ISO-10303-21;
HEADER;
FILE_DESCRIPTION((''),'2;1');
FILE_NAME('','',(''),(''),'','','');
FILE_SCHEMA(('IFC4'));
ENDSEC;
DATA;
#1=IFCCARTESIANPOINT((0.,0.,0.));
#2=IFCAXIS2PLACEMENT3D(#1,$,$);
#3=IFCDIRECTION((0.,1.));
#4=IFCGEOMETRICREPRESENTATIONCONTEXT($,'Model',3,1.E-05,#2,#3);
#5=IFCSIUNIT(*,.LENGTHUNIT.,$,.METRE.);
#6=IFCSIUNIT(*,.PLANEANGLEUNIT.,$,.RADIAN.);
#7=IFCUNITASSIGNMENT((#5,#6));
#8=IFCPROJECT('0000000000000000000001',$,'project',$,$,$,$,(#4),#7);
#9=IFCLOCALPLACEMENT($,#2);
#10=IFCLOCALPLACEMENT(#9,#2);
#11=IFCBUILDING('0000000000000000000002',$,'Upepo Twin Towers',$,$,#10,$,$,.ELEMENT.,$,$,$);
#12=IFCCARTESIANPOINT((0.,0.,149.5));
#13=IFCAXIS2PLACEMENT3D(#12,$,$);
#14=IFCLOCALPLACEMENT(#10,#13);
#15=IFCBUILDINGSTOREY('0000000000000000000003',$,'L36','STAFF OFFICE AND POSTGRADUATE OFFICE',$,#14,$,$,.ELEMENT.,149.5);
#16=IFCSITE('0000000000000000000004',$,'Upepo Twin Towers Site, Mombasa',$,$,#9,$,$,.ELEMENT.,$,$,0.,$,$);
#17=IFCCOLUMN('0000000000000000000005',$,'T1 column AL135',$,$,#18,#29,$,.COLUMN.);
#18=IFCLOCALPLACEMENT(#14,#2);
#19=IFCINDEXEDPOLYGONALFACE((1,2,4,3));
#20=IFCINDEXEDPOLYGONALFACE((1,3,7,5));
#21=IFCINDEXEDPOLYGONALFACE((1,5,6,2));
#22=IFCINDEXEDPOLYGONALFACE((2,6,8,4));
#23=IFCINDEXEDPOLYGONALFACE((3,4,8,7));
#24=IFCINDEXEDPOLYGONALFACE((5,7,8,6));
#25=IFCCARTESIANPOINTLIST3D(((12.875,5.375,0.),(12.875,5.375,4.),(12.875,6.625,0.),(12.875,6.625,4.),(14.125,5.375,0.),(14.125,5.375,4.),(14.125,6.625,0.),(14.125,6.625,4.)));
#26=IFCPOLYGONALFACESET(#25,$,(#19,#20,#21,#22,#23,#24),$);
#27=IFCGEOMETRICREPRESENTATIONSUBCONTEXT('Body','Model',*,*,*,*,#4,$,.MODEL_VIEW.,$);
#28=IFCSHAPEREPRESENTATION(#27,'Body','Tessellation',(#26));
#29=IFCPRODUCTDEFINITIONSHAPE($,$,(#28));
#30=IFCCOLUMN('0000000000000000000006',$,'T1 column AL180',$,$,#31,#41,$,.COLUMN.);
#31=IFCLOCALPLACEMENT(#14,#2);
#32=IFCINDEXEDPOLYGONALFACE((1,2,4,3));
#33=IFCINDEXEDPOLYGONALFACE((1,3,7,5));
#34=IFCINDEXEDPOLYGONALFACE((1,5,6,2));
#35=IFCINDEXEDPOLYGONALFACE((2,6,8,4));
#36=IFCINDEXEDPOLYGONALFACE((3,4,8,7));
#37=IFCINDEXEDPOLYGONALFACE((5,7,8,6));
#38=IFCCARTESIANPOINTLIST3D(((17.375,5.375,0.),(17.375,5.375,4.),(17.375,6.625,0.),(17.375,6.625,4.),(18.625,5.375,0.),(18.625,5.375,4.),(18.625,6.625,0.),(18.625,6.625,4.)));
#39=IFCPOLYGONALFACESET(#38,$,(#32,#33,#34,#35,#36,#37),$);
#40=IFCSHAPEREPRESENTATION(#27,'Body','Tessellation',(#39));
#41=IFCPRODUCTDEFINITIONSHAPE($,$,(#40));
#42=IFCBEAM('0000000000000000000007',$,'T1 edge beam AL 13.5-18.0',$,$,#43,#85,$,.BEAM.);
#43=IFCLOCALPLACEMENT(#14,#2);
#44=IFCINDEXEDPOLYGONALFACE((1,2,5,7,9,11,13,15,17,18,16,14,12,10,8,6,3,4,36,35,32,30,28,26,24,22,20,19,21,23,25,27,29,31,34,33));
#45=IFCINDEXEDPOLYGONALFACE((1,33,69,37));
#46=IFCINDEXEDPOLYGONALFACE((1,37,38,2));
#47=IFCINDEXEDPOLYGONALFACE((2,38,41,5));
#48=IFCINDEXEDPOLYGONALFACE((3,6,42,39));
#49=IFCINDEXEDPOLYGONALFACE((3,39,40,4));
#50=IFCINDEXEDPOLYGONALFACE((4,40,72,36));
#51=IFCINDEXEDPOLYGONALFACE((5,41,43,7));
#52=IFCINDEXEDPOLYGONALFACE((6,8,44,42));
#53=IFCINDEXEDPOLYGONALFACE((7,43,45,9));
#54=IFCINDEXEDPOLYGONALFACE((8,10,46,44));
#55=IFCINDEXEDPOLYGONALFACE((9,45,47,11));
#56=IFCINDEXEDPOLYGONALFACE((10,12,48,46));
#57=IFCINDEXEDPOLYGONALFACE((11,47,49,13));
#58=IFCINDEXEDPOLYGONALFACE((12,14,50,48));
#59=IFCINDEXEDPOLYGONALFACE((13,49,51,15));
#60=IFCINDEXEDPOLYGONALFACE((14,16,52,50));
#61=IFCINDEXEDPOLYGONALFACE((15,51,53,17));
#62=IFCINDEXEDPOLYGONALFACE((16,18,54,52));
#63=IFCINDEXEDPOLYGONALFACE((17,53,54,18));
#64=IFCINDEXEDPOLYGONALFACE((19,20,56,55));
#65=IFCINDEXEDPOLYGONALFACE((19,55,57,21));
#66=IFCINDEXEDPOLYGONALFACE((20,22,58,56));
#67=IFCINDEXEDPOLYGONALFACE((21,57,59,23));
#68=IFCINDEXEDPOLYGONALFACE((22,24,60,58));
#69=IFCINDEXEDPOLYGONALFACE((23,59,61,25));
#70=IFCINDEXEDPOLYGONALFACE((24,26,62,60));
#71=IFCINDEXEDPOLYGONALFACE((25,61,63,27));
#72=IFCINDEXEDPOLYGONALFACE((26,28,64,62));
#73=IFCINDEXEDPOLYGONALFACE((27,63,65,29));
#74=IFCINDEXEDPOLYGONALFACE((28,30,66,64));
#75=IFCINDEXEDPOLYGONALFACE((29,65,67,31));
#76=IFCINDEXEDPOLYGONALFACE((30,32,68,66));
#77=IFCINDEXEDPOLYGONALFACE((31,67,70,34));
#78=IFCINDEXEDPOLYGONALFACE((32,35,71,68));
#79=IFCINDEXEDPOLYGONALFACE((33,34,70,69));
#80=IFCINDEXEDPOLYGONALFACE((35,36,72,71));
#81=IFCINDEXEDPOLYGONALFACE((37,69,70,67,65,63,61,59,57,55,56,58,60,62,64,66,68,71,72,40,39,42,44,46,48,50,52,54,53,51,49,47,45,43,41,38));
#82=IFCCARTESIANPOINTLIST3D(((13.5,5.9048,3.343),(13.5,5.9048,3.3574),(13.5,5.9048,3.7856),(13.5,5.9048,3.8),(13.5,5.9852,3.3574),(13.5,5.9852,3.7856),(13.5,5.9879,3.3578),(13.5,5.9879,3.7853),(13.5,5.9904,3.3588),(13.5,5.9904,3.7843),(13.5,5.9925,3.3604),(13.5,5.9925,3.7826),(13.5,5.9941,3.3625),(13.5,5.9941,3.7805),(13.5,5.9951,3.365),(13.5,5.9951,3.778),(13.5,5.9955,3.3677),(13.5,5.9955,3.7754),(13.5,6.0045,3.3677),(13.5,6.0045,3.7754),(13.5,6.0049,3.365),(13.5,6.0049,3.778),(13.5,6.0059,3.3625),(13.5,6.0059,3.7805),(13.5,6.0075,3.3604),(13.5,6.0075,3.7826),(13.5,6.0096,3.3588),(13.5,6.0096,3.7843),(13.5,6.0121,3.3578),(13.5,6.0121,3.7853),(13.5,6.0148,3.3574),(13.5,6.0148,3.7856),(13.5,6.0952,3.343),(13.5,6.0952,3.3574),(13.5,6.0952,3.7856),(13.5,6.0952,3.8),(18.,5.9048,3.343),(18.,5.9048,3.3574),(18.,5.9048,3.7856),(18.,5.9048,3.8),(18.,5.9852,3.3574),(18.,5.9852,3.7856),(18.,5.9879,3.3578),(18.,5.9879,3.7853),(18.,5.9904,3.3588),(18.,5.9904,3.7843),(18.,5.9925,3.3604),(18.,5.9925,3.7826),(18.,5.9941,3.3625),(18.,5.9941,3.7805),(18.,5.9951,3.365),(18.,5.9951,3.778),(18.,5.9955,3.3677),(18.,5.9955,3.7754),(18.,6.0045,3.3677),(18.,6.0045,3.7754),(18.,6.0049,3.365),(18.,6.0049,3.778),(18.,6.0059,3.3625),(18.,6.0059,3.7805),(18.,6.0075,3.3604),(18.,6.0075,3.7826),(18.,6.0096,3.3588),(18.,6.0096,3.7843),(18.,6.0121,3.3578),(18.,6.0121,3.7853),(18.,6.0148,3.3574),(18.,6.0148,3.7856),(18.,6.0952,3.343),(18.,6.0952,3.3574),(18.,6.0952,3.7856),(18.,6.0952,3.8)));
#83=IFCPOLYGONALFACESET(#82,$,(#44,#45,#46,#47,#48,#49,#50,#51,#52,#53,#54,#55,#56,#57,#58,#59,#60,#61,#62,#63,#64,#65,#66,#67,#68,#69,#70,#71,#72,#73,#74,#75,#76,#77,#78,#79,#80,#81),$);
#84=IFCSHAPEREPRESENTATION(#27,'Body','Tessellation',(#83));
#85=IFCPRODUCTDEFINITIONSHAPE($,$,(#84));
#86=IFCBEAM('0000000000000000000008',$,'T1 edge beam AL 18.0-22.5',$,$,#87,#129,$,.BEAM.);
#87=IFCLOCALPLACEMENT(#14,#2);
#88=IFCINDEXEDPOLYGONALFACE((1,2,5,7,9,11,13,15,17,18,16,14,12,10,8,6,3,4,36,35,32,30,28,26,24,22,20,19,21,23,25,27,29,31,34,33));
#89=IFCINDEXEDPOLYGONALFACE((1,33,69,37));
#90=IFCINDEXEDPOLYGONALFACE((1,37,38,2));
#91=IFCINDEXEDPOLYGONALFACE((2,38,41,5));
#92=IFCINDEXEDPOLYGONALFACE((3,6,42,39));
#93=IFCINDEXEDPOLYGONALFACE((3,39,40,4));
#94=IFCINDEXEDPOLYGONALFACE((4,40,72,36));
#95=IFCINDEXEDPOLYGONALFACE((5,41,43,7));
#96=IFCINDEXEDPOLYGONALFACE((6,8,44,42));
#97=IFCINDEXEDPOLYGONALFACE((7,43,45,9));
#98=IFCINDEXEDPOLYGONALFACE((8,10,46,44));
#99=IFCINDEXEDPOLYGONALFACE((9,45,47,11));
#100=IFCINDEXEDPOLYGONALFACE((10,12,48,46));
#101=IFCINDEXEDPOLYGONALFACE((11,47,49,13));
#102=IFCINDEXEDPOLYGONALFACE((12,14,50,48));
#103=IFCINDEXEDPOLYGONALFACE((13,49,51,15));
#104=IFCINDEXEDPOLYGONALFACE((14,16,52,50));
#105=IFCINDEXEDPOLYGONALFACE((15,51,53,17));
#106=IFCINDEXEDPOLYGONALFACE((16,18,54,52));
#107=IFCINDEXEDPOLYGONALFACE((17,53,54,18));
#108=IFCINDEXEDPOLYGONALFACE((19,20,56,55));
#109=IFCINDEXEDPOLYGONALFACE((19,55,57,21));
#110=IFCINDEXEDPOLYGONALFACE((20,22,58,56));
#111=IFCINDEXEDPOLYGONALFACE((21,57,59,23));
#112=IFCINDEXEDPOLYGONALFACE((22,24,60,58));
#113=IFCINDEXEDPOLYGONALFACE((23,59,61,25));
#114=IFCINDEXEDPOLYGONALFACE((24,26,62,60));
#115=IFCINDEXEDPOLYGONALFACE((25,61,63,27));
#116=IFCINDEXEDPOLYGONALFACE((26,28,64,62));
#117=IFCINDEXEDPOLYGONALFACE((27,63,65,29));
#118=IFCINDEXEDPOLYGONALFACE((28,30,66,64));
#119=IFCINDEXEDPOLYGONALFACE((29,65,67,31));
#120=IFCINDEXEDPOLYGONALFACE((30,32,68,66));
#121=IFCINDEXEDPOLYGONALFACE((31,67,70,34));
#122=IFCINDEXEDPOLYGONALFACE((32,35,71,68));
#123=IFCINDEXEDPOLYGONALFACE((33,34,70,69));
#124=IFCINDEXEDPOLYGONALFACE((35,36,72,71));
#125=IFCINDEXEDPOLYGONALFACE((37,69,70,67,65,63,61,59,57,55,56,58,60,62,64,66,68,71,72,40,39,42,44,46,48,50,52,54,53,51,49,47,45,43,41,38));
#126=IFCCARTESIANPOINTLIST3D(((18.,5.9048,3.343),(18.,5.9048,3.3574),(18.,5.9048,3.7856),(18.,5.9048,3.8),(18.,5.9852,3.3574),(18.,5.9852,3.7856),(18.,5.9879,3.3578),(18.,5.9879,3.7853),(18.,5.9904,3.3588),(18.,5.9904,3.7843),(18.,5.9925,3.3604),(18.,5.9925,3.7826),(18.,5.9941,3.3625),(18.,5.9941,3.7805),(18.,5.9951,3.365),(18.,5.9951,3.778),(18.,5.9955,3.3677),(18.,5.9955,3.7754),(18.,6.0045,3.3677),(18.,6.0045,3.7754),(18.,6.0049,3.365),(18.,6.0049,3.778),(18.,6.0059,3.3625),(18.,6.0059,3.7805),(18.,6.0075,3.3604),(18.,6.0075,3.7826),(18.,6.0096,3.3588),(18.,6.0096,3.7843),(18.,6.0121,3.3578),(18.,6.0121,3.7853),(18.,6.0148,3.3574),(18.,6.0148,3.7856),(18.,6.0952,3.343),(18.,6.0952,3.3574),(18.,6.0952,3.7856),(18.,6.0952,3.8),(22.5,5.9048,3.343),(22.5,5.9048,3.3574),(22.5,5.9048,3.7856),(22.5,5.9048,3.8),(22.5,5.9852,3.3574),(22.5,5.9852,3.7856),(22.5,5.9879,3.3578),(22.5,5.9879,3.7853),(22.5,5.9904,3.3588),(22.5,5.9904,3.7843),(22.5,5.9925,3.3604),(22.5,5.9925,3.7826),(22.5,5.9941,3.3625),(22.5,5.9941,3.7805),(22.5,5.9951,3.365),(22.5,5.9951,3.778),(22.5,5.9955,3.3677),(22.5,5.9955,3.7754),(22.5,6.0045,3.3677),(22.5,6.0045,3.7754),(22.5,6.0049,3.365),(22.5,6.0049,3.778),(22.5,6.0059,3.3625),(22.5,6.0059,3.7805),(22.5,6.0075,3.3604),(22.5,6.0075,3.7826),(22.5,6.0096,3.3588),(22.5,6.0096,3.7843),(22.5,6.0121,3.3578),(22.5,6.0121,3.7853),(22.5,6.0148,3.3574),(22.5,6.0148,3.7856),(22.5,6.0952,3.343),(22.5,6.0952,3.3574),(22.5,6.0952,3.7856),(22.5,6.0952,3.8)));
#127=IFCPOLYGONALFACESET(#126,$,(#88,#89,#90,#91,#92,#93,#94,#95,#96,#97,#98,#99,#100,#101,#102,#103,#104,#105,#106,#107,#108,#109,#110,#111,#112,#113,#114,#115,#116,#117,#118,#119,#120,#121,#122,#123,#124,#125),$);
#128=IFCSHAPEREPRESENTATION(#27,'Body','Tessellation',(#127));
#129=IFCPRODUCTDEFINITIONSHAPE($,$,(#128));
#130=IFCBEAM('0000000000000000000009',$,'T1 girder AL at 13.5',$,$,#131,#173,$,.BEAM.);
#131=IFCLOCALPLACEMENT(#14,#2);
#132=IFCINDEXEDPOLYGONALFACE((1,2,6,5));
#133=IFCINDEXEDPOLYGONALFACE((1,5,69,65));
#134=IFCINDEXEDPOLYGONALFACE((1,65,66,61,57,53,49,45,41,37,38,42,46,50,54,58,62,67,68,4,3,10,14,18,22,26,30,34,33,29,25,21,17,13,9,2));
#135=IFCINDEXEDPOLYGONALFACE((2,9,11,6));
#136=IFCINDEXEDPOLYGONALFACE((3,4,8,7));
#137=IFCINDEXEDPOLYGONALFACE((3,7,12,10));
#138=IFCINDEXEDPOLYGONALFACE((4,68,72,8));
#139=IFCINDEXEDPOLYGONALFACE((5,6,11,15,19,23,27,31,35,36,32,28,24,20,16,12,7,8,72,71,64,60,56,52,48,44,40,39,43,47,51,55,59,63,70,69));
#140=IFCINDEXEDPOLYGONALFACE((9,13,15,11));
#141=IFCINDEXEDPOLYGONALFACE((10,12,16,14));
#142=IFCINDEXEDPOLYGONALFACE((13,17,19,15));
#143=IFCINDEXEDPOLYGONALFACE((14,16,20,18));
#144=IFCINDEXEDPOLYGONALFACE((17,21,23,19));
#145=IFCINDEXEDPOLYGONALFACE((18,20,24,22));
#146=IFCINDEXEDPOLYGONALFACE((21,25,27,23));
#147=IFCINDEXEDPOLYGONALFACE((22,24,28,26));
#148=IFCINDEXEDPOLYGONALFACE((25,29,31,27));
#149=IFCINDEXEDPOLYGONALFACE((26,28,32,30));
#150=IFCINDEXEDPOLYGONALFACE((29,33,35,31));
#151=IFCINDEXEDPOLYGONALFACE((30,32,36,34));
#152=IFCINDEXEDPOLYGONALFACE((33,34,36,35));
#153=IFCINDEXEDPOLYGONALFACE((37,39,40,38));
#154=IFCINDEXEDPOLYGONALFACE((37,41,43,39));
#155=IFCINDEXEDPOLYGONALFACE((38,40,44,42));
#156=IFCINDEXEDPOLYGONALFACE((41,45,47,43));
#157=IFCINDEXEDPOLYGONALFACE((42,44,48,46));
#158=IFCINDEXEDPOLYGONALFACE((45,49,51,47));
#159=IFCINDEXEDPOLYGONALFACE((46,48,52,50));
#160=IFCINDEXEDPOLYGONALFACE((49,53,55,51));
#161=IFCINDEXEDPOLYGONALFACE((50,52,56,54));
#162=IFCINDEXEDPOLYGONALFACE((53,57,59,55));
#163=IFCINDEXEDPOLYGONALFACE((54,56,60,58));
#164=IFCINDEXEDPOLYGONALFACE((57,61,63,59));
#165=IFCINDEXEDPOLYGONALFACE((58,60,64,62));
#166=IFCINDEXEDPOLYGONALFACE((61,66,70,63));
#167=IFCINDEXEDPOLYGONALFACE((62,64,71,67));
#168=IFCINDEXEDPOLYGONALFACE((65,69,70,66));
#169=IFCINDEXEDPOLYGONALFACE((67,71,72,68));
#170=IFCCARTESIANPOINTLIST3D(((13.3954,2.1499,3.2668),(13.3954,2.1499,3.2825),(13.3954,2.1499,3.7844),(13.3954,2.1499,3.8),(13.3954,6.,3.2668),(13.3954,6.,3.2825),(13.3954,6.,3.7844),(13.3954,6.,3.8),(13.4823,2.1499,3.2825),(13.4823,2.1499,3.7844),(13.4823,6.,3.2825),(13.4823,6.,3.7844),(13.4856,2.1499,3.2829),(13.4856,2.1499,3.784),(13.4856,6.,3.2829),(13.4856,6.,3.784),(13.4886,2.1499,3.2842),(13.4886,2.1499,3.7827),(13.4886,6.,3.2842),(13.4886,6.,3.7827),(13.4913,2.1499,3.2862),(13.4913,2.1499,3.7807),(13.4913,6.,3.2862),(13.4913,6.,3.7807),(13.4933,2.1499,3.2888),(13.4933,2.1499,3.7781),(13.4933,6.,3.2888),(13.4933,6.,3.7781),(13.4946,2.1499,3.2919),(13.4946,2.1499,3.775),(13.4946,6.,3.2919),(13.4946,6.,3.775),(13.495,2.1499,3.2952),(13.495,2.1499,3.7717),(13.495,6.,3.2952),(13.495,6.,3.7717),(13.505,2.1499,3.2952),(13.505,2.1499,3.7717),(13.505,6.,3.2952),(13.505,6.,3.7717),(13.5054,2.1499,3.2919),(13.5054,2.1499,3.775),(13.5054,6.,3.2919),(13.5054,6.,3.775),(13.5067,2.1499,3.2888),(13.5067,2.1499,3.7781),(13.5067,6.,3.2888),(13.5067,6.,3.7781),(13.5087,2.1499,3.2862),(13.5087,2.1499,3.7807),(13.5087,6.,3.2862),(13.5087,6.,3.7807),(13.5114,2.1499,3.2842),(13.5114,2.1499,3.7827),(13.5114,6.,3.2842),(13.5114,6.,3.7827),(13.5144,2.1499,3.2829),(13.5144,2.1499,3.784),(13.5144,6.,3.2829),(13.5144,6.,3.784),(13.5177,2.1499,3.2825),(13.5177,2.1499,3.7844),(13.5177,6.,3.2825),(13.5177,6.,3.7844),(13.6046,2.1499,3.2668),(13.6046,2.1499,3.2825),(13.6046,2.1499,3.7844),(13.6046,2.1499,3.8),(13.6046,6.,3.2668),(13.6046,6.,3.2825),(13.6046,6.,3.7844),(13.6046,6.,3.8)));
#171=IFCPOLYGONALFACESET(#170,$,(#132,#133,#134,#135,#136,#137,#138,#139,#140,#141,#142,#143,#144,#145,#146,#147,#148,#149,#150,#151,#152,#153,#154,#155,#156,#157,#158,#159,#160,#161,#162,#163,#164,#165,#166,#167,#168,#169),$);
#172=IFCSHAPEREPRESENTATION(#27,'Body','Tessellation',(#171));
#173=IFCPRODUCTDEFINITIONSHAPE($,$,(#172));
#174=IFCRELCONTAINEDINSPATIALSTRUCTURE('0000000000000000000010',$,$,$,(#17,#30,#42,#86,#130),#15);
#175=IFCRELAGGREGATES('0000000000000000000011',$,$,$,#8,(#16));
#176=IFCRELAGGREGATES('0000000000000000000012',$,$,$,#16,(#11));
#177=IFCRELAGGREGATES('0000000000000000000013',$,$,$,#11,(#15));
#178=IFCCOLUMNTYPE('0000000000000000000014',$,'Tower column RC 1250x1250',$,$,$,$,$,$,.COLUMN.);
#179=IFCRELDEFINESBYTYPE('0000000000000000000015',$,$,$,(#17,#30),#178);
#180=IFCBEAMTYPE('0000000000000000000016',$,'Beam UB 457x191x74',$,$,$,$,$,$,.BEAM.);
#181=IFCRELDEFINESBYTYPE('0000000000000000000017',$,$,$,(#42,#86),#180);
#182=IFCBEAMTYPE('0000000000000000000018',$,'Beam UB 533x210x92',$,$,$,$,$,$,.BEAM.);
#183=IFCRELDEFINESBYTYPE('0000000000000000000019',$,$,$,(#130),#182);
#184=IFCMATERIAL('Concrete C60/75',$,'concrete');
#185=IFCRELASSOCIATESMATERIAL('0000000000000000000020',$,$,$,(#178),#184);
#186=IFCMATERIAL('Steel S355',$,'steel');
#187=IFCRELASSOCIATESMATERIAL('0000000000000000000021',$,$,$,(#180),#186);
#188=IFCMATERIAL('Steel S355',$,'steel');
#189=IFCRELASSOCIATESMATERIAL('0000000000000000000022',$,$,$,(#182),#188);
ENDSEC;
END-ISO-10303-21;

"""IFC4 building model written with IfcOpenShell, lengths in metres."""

from ifc_helpers import new_model, si_unit, direction, frame, origin, origin_2d, place, context, subcontext, project, spatial, rectangle, i_section, extrude, material, material_profile, profile_set, type_object, element, save


model = new_model("IFC4")

# Units and contexts
model_context = context("Model", 3, precision=1e-05, world=origin(), true_north=direction((0.0, 1.0)))
body_context = subcontext(model_context, "Body", "Model", "MODEL_VIEW")
ifc_project = project(units=[si_unit("LENGTHUNIT", "METRE"), si_unit("PLANEANGLEUNIT", "RADIAN")], contexts=[model_context])

# Site, building, storey
site_placement = place(None, origin())
site = spatial("IfcSite", under=ifc_project, at=site_placement, Name="Upepo Twin Towers Site, Mombasa", CompositionType="ELEMENT", RefElevation=0.0)
building_placement = place(site_placement, origin())
building = spatial("IfcBuilding", under=site, at=building_placement, Name="Upepo Twin Towers", CompositionType="ELEMENT")
storey_placement = place(building_placement, frame((0.0, 0.0, 149.5)))
storey = spatial("IfcBuildingStorey", under=building, at=storey_placement, Name="L36", Description="STAFF OFFICE AND POSTGRADUATE OFFICE", CompositionType="ELEMENT", Elevation=149.5)

# Columns
ifc_material_1 = material(Name="Concrete C60/75", Category="concrete")
ifc_material_profile_1 = material_profile(ifc_material_1, rectangle(XDim=1.25, YDim=1.25, at=origin_2d()), Name="RC 1250x1250")
ifc_profile_set_1 = profile_set([ifc_material_profile_1], Name="Concrete C60/75")
column_type = type_object("IfcColumnType", Name="Tower column RC 1250x1250", PredefinedType="COLUMN", material=ifc_profile_set_1)
for number, where, z_axis, x_axis, name in (
    (1, (13.5, 6.0, 0.0), (0.0, 0.0, 1.0), (1.0, 0.0, 0.0), "T1 column AL135"),
    (2, (18.0, 6.0, 0.0), (0.0, 0.0, 1.0), (1.0, 0.0, 0.0), "T1 column AL180"),
):
    element("IfcColumn", number, at=place(storey_placement, frame(where, z_axis=z_axis, x_axis=x_axis)), inside=storey, type_object=column_type, Name=name, PredefinedType="COLUMN", context=body_context, shape_type="SweptSolid", body=[
        extrude(rectangle(XDim=1.25, YDim=1.25, at=origin_2d()), origin(), (0.0, 0.0, 1.0), 4.0),
    ])

# Beams
ifc_material_2 = material(Name="Steel S355", Category="steel")
ifc_material_profile_2 = material_profile(ifc_material_2, i_section(OverallWidth=0.1904, OverallDepth=0.457, WebThickness=0.009, FlangeThickness=0.0144, FilletRadius=0.0103, at=origin_2d()), Name="UB 457x191x74")
ifc_profile_set_2 = profile_set([ifc_material_profile_2], Name="Steel S355")
beam_type_1 = type_object("IfcBeamType", Name="Beam UB 457x191x74", PredefinedType="BEAM", material=ifc_profile_set_2)
for number, where, z_axis, x_axis, name in (
    (3, (13.5, 6.0, 3.5715), (1.0, 0.0, 0.0), (0.0, 1.0, 0.0), "T1 edge beam AL 13.5-18.0"),
    (4, (18.0, 6.0, 3.5715), (1.0, 0.0, 0.0), (0.0, 1.0, 0.0), "T1 edge beam AL 18.0-22.5"),
):
    element("IfcBeam", number, at=place(storey_placement, frame(where, z_axis=z_axis, x_axis=x_axis)), inside=storey, type_object=beam_type_1, Name=name, PredefinedType="BEAM", context=body_context, shape_type="SweptSolid", body=[
        extrude(i_section(OverallWidth=0.1904, OverallDepth=0.457, WebThickness=0.009, FlangeThickness=0.0144, FilletRadius=0.0103, at=origin_2d()), origin(), (0.0, 0.0, 1.0), 4.5),
    ])
ifc_material_3 = material(Name="Steel S355", Category="steel")
ifc_material_profile_3 = material_profile(ifc_material_3, i_section(OverallWidth=0.2092, OverallDepth=0.5332, WebThickness=0.01, FlangeThickness=0.0156, FilletRadius=0.0127, at=origin_2d()), Name="UB 533x210x92")
ifc_profile_set_3 = profile_set([ifc_material_profile_3], Name="Steel S355")
beam_type_2 = type_object("IfcBeamType", Name="Beam UB 533x210x92", PredefinedType="BEAM", material=ifc_profile_set_3)
for number, where, z_axis, x_axis, name in (
    (5, (13.5, 6.0, 3.5334), (0.0, -1.0, 0.0), (1.0, 0.0, 0.0), "T1 girder AL at 13.5"),
):
    element("IfcBeam", number, at=place(storey_placement, frame(where, z_axis=z_axis, x_axis=x_axis)), inside=storey, type_object=beam_type_2, Name=name, PredefinedType="BEAM", context=body_context, shape_type="SweptSolid", body=[
        extrude(i_section(OverallWidth=0.2092, OverallDepth=0.5332, WebThickness=0.01, FlangeThickness=0.0156, FilletRadius=0.0127, at=origin_2d()), origin(), (0.0, 0.0, 1.0), 3.8501),
    ])

save(model, "model.ifc")
